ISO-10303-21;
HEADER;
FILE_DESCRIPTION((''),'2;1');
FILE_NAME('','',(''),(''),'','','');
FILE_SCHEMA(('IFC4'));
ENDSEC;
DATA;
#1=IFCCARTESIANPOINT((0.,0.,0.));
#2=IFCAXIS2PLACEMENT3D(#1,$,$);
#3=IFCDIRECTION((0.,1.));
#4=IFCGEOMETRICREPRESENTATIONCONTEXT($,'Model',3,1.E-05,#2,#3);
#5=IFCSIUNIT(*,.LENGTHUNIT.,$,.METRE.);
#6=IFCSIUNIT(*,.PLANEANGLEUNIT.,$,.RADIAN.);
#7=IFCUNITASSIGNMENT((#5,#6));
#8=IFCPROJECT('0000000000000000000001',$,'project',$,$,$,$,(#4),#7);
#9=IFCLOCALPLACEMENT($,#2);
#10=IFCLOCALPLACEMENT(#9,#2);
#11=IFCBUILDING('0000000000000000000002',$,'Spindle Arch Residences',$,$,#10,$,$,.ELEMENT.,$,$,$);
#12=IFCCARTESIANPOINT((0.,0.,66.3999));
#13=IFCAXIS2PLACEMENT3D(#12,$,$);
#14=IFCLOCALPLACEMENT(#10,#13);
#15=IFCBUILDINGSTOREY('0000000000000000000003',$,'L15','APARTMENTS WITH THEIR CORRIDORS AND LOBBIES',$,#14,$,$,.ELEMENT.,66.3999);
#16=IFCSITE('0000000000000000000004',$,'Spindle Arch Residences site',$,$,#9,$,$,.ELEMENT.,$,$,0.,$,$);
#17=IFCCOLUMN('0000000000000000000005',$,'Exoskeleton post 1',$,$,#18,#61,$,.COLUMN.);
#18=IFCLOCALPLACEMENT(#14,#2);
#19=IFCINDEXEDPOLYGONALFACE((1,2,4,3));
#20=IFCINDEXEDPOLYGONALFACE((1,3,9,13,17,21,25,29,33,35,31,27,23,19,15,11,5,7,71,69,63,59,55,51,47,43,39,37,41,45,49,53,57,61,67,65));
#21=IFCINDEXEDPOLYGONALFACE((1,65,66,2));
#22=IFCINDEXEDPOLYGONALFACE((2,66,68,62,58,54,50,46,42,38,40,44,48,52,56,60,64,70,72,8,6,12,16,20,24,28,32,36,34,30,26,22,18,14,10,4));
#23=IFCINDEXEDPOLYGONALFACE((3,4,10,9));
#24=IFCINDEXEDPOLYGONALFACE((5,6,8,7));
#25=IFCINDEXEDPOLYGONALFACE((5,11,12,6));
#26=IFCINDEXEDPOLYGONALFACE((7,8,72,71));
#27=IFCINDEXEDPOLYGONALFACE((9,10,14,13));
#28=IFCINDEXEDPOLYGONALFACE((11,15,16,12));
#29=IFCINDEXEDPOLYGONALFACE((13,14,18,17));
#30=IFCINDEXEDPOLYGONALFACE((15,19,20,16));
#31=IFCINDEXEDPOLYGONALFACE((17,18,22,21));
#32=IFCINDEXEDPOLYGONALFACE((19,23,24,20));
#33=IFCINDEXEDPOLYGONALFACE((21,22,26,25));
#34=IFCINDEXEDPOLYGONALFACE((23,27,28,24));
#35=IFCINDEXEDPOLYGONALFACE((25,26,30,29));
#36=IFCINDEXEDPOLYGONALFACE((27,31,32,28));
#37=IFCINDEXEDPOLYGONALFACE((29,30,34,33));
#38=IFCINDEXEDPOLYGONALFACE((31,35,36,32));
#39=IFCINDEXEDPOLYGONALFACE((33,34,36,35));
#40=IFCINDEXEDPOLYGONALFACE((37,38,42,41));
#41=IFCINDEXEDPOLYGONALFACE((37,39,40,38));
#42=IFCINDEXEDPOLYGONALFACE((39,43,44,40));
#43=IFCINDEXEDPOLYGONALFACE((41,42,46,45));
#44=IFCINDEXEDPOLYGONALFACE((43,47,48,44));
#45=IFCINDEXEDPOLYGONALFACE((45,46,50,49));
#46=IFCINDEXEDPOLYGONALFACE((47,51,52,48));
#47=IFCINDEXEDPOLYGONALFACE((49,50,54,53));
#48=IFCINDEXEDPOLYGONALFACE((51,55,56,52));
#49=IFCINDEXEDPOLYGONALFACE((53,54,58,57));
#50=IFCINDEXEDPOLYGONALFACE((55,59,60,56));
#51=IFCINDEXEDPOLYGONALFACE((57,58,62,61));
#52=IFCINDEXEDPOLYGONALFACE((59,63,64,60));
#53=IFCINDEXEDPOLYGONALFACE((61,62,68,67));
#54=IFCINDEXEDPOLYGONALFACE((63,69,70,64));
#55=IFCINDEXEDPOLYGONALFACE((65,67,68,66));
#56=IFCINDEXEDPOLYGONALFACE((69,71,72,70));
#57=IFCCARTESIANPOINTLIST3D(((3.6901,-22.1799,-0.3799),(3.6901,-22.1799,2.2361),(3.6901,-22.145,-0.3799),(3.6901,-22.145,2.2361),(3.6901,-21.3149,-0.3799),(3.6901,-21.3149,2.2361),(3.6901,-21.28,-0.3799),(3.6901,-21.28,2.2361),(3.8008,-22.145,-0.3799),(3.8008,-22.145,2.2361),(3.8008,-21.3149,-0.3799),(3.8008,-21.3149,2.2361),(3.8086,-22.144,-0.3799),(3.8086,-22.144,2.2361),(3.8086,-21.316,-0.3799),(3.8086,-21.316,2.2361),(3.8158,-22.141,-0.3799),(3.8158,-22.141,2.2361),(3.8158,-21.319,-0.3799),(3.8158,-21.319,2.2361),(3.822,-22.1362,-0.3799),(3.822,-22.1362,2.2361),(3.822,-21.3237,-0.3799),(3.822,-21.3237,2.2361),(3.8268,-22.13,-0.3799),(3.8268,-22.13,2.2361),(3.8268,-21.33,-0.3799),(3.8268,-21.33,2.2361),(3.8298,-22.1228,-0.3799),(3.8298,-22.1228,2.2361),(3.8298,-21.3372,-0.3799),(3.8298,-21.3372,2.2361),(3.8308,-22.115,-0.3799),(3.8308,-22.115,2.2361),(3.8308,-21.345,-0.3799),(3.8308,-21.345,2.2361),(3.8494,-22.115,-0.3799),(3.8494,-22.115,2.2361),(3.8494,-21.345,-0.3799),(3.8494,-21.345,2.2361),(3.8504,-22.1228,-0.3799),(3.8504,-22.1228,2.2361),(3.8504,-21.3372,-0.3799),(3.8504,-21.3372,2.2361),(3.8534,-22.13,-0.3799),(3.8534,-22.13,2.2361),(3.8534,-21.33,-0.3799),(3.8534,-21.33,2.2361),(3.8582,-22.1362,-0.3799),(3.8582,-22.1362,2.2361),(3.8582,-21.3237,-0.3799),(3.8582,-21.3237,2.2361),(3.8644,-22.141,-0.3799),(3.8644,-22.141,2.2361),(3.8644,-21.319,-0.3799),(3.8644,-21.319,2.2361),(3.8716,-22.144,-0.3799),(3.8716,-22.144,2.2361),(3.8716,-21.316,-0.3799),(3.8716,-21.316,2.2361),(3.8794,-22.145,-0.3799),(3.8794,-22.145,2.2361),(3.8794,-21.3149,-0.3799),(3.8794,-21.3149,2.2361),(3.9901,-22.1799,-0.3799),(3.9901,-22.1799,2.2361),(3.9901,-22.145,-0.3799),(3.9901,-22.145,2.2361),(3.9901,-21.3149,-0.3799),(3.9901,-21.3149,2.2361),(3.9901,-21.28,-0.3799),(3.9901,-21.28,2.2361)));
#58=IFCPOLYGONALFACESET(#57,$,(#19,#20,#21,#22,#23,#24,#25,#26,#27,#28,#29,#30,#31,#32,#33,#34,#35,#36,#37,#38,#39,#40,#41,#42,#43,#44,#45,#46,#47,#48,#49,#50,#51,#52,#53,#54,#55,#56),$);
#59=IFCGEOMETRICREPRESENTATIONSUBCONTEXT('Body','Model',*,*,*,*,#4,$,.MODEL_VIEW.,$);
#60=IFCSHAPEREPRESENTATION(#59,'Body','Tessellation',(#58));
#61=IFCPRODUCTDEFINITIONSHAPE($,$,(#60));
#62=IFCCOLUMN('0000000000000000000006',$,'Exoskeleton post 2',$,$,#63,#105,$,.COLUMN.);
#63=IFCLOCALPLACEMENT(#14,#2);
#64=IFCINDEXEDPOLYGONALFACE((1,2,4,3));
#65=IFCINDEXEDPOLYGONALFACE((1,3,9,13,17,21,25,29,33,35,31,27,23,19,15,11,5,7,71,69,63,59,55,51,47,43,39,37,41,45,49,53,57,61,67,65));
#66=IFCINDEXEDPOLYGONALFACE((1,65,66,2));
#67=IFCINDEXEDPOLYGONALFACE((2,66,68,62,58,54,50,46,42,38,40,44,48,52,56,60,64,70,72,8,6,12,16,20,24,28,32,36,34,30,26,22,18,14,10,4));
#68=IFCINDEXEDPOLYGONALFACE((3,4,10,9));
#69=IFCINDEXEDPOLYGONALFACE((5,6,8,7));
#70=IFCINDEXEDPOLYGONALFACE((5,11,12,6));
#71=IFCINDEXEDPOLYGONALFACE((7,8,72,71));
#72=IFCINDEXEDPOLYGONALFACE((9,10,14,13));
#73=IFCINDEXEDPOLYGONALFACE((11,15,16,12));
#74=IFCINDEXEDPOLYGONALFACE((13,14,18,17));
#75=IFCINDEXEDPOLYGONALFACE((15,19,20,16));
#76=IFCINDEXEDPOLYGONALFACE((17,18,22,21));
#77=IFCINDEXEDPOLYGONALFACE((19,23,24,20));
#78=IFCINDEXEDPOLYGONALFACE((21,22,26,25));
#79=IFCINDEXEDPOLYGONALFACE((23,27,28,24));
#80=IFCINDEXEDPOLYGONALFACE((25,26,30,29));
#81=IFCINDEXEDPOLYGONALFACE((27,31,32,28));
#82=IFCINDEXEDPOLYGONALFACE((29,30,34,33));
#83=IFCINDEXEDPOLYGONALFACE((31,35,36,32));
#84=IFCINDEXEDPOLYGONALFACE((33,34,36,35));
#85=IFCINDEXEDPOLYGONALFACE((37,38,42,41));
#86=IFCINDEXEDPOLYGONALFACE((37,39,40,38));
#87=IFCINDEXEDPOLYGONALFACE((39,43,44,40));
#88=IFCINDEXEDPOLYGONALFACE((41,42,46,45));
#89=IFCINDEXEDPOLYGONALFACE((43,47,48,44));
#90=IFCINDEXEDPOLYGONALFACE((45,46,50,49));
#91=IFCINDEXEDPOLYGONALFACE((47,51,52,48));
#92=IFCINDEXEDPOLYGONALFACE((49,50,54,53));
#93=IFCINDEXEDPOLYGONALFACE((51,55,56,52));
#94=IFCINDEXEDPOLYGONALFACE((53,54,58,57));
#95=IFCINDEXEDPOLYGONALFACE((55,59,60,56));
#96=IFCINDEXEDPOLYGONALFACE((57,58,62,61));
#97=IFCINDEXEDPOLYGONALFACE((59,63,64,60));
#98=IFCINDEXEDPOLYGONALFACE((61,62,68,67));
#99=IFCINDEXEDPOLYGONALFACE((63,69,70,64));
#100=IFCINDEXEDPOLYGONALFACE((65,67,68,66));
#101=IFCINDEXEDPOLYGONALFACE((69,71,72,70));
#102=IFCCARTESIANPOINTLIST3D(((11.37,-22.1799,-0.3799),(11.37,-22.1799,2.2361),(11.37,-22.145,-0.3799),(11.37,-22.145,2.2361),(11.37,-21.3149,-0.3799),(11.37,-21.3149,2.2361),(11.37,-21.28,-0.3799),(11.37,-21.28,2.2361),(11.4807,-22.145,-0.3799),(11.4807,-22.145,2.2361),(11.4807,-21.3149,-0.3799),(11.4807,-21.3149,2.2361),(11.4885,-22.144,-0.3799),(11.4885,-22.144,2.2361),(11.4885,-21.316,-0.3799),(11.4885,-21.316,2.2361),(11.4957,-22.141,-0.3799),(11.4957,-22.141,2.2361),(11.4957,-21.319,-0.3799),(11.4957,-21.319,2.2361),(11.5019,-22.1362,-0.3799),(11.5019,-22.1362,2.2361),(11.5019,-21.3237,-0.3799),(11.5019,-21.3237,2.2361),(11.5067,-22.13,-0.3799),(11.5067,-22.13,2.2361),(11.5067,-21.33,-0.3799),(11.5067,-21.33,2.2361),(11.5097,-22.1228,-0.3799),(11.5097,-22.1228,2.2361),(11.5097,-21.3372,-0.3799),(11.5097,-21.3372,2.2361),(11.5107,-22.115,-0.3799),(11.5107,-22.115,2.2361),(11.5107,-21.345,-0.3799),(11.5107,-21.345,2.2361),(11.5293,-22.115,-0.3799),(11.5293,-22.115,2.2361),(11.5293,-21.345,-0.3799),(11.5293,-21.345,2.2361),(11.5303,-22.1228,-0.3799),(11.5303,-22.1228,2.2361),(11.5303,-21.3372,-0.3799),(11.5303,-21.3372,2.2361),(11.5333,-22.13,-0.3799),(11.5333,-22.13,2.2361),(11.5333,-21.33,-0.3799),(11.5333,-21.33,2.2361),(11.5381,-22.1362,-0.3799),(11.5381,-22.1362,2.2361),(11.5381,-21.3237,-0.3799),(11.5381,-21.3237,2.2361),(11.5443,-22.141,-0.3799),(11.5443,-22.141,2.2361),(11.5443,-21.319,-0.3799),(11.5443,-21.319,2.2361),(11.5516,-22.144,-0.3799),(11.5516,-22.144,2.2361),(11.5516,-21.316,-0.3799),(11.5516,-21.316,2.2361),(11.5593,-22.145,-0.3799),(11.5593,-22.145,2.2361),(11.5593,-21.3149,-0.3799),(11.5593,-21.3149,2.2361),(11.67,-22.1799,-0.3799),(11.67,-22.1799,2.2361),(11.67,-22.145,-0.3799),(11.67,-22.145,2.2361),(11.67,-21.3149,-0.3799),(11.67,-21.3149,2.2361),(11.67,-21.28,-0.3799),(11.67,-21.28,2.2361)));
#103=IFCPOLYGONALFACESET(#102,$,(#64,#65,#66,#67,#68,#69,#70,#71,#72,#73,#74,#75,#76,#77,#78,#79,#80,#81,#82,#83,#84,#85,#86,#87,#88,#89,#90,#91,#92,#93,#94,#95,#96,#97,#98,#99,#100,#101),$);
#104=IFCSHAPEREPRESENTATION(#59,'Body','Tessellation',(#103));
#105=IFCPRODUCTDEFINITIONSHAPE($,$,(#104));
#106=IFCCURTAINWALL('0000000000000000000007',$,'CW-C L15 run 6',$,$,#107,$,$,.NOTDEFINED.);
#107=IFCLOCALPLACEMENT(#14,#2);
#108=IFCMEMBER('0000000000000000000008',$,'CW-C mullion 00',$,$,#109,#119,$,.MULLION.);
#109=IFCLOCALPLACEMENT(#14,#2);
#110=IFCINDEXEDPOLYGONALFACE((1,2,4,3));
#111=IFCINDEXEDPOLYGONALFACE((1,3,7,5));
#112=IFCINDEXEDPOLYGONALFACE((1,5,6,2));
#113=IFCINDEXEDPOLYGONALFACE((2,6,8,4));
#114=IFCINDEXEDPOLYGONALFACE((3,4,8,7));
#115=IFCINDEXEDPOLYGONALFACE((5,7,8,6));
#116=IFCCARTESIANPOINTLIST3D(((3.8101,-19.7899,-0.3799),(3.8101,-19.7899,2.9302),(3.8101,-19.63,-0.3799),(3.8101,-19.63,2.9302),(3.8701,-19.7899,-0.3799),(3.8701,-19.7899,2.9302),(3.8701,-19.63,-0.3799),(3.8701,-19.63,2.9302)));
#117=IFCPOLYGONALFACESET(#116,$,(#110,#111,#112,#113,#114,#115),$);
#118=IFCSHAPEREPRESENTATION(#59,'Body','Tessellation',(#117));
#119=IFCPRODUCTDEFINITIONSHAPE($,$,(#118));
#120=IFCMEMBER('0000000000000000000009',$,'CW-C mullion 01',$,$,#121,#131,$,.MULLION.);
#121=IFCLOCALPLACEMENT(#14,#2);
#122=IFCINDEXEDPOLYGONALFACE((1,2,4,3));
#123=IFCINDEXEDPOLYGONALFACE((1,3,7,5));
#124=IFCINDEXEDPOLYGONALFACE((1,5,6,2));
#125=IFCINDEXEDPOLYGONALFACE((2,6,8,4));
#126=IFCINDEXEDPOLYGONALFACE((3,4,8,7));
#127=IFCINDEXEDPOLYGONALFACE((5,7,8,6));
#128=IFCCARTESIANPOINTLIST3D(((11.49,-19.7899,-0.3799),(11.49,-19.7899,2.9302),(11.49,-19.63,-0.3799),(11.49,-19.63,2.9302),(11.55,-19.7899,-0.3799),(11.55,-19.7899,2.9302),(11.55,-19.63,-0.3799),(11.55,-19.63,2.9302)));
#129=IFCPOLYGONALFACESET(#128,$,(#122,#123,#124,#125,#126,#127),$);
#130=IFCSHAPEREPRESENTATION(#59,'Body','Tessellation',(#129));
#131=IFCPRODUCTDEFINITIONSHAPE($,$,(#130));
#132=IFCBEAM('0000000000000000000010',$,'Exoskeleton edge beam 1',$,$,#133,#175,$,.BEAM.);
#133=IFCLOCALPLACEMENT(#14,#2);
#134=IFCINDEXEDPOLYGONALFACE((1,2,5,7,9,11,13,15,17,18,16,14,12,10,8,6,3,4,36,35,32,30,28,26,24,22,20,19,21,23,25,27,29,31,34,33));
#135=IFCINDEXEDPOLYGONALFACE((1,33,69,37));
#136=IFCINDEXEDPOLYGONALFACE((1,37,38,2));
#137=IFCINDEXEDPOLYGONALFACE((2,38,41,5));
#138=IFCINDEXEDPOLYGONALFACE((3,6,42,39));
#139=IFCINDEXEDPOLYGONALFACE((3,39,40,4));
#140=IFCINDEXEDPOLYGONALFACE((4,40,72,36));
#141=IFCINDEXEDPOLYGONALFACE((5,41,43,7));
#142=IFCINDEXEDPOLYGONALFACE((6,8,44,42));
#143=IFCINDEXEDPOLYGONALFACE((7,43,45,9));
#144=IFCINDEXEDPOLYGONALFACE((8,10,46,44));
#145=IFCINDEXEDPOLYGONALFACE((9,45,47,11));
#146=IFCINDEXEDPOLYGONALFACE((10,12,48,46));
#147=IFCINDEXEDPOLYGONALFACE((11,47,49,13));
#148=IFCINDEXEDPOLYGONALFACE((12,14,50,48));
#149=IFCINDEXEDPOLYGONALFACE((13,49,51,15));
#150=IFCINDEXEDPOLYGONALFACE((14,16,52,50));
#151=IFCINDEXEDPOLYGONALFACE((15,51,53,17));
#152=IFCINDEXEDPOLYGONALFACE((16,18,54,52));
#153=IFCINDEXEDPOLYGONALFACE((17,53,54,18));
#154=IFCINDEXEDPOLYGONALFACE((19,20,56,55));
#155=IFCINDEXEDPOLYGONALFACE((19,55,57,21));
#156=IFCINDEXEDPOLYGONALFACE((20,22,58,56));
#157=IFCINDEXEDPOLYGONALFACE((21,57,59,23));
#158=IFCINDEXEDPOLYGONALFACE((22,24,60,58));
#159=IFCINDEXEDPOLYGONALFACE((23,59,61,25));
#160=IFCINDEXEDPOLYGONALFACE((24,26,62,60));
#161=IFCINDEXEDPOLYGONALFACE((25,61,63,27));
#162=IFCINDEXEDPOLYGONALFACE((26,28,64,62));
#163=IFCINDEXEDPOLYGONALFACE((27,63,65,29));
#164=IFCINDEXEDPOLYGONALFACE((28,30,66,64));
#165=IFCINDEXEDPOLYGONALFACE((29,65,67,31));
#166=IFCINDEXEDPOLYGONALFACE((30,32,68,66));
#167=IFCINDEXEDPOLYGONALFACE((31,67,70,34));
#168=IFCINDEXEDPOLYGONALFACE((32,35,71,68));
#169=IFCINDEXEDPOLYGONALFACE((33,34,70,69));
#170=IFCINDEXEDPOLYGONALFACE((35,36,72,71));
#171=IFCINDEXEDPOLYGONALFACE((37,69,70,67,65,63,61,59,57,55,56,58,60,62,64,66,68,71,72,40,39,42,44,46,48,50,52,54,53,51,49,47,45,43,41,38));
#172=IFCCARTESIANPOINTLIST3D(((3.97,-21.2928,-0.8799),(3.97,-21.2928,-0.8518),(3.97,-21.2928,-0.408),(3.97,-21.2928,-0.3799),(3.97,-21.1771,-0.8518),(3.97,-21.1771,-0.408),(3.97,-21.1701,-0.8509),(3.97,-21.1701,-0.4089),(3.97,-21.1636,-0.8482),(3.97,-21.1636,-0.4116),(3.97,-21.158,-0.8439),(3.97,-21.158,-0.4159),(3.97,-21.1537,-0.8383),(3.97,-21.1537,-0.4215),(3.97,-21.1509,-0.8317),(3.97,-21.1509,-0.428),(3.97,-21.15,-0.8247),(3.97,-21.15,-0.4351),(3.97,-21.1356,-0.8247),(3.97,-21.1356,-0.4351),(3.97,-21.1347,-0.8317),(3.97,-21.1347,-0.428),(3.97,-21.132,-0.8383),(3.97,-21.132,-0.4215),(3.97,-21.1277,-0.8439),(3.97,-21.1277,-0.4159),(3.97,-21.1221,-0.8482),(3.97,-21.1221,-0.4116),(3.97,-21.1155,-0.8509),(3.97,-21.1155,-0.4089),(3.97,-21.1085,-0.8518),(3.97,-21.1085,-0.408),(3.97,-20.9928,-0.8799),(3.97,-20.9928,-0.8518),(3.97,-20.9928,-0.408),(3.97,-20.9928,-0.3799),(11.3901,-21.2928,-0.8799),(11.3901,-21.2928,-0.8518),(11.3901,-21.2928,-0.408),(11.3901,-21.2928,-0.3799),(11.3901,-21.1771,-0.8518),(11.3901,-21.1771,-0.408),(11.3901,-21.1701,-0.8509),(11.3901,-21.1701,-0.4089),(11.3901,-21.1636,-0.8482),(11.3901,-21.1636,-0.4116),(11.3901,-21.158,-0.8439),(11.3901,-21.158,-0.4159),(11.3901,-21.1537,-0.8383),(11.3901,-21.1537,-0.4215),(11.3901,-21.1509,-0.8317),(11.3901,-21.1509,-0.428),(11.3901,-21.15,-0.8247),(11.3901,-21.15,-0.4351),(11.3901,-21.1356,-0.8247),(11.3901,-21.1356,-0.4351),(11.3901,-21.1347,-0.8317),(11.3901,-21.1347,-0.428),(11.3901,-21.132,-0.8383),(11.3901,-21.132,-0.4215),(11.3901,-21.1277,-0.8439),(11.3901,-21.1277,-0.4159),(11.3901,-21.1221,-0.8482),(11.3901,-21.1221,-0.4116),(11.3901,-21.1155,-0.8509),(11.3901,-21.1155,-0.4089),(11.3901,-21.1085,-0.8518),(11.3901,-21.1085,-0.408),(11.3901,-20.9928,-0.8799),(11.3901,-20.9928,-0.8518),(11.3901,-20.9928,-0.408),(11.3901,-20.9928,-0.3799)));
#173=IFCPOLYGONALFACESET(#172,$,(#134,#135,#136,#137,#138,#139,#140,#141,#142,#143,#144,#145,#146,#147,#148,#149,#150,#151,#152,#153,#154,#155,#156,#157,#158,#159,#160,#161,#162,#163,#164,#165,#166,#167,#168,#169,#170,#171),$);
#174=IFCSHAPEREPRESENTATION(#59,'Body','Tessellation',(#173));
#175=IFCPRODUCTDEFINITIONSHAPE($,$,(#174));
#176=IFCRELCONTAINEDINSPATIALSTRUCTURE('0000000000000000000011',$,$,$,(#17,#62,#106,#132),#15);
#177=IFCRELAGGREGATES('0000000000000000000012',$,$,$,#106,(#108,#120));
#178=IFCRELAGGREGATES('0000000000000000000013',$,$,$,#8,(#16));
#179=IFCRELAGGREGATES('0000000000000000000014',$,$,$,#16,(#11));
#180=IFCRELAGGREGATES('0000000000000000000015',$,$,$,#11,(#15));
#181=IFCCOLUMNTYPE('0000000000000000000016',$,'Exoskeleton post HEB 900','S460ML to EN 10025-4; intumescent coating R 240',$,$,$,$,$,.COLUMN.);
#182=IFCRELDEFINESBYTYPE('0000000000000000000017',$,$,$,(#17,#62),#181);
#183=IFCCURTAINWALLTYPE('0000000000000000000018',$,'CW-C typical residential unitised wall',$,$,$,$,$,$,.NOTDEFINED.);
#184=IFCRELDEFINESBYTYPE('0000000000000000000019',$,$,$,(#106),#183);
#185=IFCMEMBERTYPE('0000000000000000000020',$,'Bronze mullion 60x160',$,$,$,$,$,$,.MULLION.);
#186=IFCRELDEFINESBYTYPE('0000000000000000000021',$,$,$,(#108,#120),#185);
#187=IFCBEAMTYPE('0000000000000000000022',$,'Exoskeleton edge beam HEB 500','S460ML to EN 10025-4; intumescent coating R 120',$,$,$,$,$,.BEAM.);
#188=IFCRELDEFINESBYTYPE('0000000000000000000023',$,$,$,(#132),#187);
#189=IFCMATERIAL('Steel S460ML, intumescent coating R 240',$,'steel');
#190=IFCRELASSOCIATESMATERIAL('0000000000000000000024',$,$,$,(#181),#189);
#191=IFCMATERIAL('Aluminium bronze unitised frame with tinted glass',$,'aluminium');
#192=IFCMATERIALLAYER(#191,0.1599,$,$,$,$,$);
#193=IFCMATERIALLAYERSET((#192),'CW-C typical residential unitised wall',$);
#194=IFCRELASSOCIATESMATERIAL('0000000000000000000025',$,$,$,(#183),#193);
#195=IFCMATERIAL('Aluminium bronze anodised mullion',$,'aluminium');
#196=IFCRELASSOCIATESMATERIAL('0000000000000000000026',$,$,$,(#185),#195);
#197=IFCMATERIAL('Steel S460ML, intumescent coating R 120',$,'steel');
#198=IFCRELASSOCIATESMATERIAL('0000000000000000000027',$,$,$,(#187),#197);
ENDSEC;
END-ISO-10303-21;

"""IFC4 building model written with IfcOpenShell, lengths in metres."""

from ifc_helpers import new_model, si_unit, direction, frame, origin, origin_2d, place, context, subcontext, project, spatial, rectangle, i_section, extrude, material, layer, layer_set, material_profile, profile_set, type_object, element, aggregate, save


model = new_model("IFC4")

# Units and contexts
model_context = context("Model", 3, precision=1e-05, world=origin(), true_north=direction((0.0, 1.0)))
body_context = subcontext(model_context, "Body", "Model", "MODEL_VIEW")
ifc_project = project(units=[si_unit("LENGTHUNIT", "METRE"), si_unit("PLANEANGLEUNIT", "RADIAN")], contexts=[model_context])

# Site, building, storey
site_placement = place(None, origin())
site = spatial("IfcSite", under=ifc_project, at=site_placement, Name="Spindle Arch Residences site", CompositionType="ELEMENT", RefElevation=0.0)
building_placement = place(site_placement, origin())
building = spatial("IfcBuilding", under=site, at=building_placement, Name="Spindle Arch Residences", CompositionType="ELEMENT")
storey_placement = place(building_placement, frame((0.0, 0.0, 66.3999)))
storey = spatial("IfcBuildingStorey", under=building, at=storey_placement, Name="L15", Description="APARTMENTS WITH THEIR CORRIDORS AND LOBBIES", CompositionType="ELEMENT", Elevation=66.3999)

# Columns
ifc_material_1 = material(Name="Steel S460ML, intumescent coating R 240", Category="steel")
ifc_material_profile_1 = material_profile(ifc_material_1, i_section(OverallWidth=0.3, OverallDepth=0.8999, WebThickness=0.0186, FlangeThickness=0.0349, FilletRadius=0.03, at=origin_2d()), Name="HEB 900")
ifc_profile_set_1 = profile_set([ifc_material_profile_1], Name="Steel S460ML, intumescent coating R 240")
column_type = type_object("IfcColumnType", Name="Exoskeleton post HEB 900", Description="S460ML to EN 10025-4; intumescent coating R 240", PredefinedType="COLUMN", material=ifc_profile_set_1)
for number, where, z_axis, x_axis, name in (
    (1, (3.8401, -21.73, -0.3799), (0.0, 0.0, 1.0), (-1.0, 0.0, 0.0), "Exoskeleton post 1"),
    (2, (11.52, -21.73, -0.3799), (0.0, 0.0, 1.0), (-1.0, 0.0, 0.0), "Exoskeleton post 2"),
):
    element("IfcColumn", number, at=place(storey_placement, frame(where, z_axis=z_axis, x_axis=x_axis)), inside=storey, type_object=column_type, Name=name, PredefinedType="COLUMN", context=body_context, shape_type="SweptSolid", body=[
        extrude(i_section(OverallWidth=0.3, OverallDepth=0.8999, WebThickness=0.0186, FlangeThickness=0.0349, FilletRadius=0.03, at=origin_2d()), origin(), (0.0, 0.0, 1.0), 2.616),
    ])

# Curtain wall, members
ifc_material_2 = material(Name="Aluminium bronze unitised frame with tinted glass", Category="aluminium")
ifc_layer_1 = layer(ifc_material_2, 0.1599)
ifc_layer_set_1 = layer_set([ifc_layer_1], Name="CW-C typical residential unitised wall")
curtain_wall_type = type_object("IfcCurtainWallType", Name="CW-C typical residential unitised wall", PredefinedType="NOTDEFINED", material=ifc_layer_set_1)
curtain_wall_placement = place(storey_placement, origin())
curtain_wall = element("IfcCurtainWall", 3, at=curtain_wall_placement, inside=storey, type_object=curtain_wall_type, Name="CW-C L15 run 6", PredefinedType="NOTDEFINED")
ifc_material_3 = material(Name="Aluminium bronze anodised mullion", Category="aluminium")
ifc_material_profile_2 = material_profile(ifc_material_3, rectangle(XDim=0.1599, YDim=0.0601, at=origin_2d()), Name="MU 60x160")
ifc_profile_set_2 = profile_set([ifc_material_profile_2], Name="Aluminium bronze anodised mullion")
member_type = type_object("IfcMemberType", Name="Bronze mullion 60x160", PredefinedType="MULLION", material=ifc_profile_set_2)
member_1_placement = place(storey_placement, frame((3.8401, -19.71, -0.3799), z_axis=(0.0, 0.0, 1.0), x_axis=(0.0, 1.0, 0.0)))
member_1 = element("IfcMember", 4, at=member_1_placement, type_object=member_type, Name="CW-C mullion 00", PredefinedType="MULLION", context=body_context, shape_type="SweptSolid", body=[
    extrude(rectangle(XDim=0.1599, YDim=0.0601, at=origin_2d()), origin(), (0.0, 0.0, 1.0), 3.3101),
])
member_2_placement = place(storey_placement, frame((11.52, -19.71, -0.3799), z_axis=(0.0, 0.0, 1.0), x_axis=(0.0, 1.0, 0.0)))
member_2 = element("IfcMember", 5, at=member_2_placement, type_object=member_type, Name="CW-C mullion 01", PredefinedType="MULLION", context=body_context, shape_type="SweptSolid", body=[
    extrude(rectangle(XDim=0.1599, YDim=0.0601, at=origin_2d()), origin(), (0.0, 0.0, 1.0), 3.3101),
])

# Beam
ifc_material_4 = material(Name="Steel S460ML, intumescent coating R 120", Category="steel")
ifc_material_profile_3 = material_profile(ifc_material_4, i_section(OverallWidth=0.3, OverallDepth=0.5, WebThickness=0.0144, FlangeThickness=0.0281, FilletRadius=0.0271, at=origin_2d()), Name="HEB 500")
ifc_profile_set_3 = profile_set([ifc_material_profile_3], Name="Steel S460ML, intumescent coating R 120")
beam_type_1 = type_object("IfcBeamType", Name="Exoskeleton edge beam HEB 500", Description="S460ML to EN 10025-4; intumescent coating R 120", PredefinedType="BEAM", material=ifc_profile_set_3)
for number, where, z_axis, x_axis, name in (
    (6, (3.97, -21.1428, -0.6299), (1.0, 0.0, 0.0), (0.0, 1.0, 0.0), "Exoskeleton edge beam 1"),
):
    element("IfcBeam", number, at=place(storey_placement, frame(where, z_axis=z_axis, x_axis=x_axis)), inside=storey, type_object=beam_type_1, Name=name, PredefinedType="BEAM", context=body_context, shape_type="SweptSolid", body=[
        extrude(i_section(OverallWidth=0.3, OverallDepth=0.5, WebThickness=0.0144, FlangeThickness=0.0281, FilletRadius=0.0271, at=origin_2d()), origin(), (0.0, 0.0, 1.0), 7.4202),
    ])

aggregate(curtain_wall, [member_1, member_2])

save(model, "model.ifc")
